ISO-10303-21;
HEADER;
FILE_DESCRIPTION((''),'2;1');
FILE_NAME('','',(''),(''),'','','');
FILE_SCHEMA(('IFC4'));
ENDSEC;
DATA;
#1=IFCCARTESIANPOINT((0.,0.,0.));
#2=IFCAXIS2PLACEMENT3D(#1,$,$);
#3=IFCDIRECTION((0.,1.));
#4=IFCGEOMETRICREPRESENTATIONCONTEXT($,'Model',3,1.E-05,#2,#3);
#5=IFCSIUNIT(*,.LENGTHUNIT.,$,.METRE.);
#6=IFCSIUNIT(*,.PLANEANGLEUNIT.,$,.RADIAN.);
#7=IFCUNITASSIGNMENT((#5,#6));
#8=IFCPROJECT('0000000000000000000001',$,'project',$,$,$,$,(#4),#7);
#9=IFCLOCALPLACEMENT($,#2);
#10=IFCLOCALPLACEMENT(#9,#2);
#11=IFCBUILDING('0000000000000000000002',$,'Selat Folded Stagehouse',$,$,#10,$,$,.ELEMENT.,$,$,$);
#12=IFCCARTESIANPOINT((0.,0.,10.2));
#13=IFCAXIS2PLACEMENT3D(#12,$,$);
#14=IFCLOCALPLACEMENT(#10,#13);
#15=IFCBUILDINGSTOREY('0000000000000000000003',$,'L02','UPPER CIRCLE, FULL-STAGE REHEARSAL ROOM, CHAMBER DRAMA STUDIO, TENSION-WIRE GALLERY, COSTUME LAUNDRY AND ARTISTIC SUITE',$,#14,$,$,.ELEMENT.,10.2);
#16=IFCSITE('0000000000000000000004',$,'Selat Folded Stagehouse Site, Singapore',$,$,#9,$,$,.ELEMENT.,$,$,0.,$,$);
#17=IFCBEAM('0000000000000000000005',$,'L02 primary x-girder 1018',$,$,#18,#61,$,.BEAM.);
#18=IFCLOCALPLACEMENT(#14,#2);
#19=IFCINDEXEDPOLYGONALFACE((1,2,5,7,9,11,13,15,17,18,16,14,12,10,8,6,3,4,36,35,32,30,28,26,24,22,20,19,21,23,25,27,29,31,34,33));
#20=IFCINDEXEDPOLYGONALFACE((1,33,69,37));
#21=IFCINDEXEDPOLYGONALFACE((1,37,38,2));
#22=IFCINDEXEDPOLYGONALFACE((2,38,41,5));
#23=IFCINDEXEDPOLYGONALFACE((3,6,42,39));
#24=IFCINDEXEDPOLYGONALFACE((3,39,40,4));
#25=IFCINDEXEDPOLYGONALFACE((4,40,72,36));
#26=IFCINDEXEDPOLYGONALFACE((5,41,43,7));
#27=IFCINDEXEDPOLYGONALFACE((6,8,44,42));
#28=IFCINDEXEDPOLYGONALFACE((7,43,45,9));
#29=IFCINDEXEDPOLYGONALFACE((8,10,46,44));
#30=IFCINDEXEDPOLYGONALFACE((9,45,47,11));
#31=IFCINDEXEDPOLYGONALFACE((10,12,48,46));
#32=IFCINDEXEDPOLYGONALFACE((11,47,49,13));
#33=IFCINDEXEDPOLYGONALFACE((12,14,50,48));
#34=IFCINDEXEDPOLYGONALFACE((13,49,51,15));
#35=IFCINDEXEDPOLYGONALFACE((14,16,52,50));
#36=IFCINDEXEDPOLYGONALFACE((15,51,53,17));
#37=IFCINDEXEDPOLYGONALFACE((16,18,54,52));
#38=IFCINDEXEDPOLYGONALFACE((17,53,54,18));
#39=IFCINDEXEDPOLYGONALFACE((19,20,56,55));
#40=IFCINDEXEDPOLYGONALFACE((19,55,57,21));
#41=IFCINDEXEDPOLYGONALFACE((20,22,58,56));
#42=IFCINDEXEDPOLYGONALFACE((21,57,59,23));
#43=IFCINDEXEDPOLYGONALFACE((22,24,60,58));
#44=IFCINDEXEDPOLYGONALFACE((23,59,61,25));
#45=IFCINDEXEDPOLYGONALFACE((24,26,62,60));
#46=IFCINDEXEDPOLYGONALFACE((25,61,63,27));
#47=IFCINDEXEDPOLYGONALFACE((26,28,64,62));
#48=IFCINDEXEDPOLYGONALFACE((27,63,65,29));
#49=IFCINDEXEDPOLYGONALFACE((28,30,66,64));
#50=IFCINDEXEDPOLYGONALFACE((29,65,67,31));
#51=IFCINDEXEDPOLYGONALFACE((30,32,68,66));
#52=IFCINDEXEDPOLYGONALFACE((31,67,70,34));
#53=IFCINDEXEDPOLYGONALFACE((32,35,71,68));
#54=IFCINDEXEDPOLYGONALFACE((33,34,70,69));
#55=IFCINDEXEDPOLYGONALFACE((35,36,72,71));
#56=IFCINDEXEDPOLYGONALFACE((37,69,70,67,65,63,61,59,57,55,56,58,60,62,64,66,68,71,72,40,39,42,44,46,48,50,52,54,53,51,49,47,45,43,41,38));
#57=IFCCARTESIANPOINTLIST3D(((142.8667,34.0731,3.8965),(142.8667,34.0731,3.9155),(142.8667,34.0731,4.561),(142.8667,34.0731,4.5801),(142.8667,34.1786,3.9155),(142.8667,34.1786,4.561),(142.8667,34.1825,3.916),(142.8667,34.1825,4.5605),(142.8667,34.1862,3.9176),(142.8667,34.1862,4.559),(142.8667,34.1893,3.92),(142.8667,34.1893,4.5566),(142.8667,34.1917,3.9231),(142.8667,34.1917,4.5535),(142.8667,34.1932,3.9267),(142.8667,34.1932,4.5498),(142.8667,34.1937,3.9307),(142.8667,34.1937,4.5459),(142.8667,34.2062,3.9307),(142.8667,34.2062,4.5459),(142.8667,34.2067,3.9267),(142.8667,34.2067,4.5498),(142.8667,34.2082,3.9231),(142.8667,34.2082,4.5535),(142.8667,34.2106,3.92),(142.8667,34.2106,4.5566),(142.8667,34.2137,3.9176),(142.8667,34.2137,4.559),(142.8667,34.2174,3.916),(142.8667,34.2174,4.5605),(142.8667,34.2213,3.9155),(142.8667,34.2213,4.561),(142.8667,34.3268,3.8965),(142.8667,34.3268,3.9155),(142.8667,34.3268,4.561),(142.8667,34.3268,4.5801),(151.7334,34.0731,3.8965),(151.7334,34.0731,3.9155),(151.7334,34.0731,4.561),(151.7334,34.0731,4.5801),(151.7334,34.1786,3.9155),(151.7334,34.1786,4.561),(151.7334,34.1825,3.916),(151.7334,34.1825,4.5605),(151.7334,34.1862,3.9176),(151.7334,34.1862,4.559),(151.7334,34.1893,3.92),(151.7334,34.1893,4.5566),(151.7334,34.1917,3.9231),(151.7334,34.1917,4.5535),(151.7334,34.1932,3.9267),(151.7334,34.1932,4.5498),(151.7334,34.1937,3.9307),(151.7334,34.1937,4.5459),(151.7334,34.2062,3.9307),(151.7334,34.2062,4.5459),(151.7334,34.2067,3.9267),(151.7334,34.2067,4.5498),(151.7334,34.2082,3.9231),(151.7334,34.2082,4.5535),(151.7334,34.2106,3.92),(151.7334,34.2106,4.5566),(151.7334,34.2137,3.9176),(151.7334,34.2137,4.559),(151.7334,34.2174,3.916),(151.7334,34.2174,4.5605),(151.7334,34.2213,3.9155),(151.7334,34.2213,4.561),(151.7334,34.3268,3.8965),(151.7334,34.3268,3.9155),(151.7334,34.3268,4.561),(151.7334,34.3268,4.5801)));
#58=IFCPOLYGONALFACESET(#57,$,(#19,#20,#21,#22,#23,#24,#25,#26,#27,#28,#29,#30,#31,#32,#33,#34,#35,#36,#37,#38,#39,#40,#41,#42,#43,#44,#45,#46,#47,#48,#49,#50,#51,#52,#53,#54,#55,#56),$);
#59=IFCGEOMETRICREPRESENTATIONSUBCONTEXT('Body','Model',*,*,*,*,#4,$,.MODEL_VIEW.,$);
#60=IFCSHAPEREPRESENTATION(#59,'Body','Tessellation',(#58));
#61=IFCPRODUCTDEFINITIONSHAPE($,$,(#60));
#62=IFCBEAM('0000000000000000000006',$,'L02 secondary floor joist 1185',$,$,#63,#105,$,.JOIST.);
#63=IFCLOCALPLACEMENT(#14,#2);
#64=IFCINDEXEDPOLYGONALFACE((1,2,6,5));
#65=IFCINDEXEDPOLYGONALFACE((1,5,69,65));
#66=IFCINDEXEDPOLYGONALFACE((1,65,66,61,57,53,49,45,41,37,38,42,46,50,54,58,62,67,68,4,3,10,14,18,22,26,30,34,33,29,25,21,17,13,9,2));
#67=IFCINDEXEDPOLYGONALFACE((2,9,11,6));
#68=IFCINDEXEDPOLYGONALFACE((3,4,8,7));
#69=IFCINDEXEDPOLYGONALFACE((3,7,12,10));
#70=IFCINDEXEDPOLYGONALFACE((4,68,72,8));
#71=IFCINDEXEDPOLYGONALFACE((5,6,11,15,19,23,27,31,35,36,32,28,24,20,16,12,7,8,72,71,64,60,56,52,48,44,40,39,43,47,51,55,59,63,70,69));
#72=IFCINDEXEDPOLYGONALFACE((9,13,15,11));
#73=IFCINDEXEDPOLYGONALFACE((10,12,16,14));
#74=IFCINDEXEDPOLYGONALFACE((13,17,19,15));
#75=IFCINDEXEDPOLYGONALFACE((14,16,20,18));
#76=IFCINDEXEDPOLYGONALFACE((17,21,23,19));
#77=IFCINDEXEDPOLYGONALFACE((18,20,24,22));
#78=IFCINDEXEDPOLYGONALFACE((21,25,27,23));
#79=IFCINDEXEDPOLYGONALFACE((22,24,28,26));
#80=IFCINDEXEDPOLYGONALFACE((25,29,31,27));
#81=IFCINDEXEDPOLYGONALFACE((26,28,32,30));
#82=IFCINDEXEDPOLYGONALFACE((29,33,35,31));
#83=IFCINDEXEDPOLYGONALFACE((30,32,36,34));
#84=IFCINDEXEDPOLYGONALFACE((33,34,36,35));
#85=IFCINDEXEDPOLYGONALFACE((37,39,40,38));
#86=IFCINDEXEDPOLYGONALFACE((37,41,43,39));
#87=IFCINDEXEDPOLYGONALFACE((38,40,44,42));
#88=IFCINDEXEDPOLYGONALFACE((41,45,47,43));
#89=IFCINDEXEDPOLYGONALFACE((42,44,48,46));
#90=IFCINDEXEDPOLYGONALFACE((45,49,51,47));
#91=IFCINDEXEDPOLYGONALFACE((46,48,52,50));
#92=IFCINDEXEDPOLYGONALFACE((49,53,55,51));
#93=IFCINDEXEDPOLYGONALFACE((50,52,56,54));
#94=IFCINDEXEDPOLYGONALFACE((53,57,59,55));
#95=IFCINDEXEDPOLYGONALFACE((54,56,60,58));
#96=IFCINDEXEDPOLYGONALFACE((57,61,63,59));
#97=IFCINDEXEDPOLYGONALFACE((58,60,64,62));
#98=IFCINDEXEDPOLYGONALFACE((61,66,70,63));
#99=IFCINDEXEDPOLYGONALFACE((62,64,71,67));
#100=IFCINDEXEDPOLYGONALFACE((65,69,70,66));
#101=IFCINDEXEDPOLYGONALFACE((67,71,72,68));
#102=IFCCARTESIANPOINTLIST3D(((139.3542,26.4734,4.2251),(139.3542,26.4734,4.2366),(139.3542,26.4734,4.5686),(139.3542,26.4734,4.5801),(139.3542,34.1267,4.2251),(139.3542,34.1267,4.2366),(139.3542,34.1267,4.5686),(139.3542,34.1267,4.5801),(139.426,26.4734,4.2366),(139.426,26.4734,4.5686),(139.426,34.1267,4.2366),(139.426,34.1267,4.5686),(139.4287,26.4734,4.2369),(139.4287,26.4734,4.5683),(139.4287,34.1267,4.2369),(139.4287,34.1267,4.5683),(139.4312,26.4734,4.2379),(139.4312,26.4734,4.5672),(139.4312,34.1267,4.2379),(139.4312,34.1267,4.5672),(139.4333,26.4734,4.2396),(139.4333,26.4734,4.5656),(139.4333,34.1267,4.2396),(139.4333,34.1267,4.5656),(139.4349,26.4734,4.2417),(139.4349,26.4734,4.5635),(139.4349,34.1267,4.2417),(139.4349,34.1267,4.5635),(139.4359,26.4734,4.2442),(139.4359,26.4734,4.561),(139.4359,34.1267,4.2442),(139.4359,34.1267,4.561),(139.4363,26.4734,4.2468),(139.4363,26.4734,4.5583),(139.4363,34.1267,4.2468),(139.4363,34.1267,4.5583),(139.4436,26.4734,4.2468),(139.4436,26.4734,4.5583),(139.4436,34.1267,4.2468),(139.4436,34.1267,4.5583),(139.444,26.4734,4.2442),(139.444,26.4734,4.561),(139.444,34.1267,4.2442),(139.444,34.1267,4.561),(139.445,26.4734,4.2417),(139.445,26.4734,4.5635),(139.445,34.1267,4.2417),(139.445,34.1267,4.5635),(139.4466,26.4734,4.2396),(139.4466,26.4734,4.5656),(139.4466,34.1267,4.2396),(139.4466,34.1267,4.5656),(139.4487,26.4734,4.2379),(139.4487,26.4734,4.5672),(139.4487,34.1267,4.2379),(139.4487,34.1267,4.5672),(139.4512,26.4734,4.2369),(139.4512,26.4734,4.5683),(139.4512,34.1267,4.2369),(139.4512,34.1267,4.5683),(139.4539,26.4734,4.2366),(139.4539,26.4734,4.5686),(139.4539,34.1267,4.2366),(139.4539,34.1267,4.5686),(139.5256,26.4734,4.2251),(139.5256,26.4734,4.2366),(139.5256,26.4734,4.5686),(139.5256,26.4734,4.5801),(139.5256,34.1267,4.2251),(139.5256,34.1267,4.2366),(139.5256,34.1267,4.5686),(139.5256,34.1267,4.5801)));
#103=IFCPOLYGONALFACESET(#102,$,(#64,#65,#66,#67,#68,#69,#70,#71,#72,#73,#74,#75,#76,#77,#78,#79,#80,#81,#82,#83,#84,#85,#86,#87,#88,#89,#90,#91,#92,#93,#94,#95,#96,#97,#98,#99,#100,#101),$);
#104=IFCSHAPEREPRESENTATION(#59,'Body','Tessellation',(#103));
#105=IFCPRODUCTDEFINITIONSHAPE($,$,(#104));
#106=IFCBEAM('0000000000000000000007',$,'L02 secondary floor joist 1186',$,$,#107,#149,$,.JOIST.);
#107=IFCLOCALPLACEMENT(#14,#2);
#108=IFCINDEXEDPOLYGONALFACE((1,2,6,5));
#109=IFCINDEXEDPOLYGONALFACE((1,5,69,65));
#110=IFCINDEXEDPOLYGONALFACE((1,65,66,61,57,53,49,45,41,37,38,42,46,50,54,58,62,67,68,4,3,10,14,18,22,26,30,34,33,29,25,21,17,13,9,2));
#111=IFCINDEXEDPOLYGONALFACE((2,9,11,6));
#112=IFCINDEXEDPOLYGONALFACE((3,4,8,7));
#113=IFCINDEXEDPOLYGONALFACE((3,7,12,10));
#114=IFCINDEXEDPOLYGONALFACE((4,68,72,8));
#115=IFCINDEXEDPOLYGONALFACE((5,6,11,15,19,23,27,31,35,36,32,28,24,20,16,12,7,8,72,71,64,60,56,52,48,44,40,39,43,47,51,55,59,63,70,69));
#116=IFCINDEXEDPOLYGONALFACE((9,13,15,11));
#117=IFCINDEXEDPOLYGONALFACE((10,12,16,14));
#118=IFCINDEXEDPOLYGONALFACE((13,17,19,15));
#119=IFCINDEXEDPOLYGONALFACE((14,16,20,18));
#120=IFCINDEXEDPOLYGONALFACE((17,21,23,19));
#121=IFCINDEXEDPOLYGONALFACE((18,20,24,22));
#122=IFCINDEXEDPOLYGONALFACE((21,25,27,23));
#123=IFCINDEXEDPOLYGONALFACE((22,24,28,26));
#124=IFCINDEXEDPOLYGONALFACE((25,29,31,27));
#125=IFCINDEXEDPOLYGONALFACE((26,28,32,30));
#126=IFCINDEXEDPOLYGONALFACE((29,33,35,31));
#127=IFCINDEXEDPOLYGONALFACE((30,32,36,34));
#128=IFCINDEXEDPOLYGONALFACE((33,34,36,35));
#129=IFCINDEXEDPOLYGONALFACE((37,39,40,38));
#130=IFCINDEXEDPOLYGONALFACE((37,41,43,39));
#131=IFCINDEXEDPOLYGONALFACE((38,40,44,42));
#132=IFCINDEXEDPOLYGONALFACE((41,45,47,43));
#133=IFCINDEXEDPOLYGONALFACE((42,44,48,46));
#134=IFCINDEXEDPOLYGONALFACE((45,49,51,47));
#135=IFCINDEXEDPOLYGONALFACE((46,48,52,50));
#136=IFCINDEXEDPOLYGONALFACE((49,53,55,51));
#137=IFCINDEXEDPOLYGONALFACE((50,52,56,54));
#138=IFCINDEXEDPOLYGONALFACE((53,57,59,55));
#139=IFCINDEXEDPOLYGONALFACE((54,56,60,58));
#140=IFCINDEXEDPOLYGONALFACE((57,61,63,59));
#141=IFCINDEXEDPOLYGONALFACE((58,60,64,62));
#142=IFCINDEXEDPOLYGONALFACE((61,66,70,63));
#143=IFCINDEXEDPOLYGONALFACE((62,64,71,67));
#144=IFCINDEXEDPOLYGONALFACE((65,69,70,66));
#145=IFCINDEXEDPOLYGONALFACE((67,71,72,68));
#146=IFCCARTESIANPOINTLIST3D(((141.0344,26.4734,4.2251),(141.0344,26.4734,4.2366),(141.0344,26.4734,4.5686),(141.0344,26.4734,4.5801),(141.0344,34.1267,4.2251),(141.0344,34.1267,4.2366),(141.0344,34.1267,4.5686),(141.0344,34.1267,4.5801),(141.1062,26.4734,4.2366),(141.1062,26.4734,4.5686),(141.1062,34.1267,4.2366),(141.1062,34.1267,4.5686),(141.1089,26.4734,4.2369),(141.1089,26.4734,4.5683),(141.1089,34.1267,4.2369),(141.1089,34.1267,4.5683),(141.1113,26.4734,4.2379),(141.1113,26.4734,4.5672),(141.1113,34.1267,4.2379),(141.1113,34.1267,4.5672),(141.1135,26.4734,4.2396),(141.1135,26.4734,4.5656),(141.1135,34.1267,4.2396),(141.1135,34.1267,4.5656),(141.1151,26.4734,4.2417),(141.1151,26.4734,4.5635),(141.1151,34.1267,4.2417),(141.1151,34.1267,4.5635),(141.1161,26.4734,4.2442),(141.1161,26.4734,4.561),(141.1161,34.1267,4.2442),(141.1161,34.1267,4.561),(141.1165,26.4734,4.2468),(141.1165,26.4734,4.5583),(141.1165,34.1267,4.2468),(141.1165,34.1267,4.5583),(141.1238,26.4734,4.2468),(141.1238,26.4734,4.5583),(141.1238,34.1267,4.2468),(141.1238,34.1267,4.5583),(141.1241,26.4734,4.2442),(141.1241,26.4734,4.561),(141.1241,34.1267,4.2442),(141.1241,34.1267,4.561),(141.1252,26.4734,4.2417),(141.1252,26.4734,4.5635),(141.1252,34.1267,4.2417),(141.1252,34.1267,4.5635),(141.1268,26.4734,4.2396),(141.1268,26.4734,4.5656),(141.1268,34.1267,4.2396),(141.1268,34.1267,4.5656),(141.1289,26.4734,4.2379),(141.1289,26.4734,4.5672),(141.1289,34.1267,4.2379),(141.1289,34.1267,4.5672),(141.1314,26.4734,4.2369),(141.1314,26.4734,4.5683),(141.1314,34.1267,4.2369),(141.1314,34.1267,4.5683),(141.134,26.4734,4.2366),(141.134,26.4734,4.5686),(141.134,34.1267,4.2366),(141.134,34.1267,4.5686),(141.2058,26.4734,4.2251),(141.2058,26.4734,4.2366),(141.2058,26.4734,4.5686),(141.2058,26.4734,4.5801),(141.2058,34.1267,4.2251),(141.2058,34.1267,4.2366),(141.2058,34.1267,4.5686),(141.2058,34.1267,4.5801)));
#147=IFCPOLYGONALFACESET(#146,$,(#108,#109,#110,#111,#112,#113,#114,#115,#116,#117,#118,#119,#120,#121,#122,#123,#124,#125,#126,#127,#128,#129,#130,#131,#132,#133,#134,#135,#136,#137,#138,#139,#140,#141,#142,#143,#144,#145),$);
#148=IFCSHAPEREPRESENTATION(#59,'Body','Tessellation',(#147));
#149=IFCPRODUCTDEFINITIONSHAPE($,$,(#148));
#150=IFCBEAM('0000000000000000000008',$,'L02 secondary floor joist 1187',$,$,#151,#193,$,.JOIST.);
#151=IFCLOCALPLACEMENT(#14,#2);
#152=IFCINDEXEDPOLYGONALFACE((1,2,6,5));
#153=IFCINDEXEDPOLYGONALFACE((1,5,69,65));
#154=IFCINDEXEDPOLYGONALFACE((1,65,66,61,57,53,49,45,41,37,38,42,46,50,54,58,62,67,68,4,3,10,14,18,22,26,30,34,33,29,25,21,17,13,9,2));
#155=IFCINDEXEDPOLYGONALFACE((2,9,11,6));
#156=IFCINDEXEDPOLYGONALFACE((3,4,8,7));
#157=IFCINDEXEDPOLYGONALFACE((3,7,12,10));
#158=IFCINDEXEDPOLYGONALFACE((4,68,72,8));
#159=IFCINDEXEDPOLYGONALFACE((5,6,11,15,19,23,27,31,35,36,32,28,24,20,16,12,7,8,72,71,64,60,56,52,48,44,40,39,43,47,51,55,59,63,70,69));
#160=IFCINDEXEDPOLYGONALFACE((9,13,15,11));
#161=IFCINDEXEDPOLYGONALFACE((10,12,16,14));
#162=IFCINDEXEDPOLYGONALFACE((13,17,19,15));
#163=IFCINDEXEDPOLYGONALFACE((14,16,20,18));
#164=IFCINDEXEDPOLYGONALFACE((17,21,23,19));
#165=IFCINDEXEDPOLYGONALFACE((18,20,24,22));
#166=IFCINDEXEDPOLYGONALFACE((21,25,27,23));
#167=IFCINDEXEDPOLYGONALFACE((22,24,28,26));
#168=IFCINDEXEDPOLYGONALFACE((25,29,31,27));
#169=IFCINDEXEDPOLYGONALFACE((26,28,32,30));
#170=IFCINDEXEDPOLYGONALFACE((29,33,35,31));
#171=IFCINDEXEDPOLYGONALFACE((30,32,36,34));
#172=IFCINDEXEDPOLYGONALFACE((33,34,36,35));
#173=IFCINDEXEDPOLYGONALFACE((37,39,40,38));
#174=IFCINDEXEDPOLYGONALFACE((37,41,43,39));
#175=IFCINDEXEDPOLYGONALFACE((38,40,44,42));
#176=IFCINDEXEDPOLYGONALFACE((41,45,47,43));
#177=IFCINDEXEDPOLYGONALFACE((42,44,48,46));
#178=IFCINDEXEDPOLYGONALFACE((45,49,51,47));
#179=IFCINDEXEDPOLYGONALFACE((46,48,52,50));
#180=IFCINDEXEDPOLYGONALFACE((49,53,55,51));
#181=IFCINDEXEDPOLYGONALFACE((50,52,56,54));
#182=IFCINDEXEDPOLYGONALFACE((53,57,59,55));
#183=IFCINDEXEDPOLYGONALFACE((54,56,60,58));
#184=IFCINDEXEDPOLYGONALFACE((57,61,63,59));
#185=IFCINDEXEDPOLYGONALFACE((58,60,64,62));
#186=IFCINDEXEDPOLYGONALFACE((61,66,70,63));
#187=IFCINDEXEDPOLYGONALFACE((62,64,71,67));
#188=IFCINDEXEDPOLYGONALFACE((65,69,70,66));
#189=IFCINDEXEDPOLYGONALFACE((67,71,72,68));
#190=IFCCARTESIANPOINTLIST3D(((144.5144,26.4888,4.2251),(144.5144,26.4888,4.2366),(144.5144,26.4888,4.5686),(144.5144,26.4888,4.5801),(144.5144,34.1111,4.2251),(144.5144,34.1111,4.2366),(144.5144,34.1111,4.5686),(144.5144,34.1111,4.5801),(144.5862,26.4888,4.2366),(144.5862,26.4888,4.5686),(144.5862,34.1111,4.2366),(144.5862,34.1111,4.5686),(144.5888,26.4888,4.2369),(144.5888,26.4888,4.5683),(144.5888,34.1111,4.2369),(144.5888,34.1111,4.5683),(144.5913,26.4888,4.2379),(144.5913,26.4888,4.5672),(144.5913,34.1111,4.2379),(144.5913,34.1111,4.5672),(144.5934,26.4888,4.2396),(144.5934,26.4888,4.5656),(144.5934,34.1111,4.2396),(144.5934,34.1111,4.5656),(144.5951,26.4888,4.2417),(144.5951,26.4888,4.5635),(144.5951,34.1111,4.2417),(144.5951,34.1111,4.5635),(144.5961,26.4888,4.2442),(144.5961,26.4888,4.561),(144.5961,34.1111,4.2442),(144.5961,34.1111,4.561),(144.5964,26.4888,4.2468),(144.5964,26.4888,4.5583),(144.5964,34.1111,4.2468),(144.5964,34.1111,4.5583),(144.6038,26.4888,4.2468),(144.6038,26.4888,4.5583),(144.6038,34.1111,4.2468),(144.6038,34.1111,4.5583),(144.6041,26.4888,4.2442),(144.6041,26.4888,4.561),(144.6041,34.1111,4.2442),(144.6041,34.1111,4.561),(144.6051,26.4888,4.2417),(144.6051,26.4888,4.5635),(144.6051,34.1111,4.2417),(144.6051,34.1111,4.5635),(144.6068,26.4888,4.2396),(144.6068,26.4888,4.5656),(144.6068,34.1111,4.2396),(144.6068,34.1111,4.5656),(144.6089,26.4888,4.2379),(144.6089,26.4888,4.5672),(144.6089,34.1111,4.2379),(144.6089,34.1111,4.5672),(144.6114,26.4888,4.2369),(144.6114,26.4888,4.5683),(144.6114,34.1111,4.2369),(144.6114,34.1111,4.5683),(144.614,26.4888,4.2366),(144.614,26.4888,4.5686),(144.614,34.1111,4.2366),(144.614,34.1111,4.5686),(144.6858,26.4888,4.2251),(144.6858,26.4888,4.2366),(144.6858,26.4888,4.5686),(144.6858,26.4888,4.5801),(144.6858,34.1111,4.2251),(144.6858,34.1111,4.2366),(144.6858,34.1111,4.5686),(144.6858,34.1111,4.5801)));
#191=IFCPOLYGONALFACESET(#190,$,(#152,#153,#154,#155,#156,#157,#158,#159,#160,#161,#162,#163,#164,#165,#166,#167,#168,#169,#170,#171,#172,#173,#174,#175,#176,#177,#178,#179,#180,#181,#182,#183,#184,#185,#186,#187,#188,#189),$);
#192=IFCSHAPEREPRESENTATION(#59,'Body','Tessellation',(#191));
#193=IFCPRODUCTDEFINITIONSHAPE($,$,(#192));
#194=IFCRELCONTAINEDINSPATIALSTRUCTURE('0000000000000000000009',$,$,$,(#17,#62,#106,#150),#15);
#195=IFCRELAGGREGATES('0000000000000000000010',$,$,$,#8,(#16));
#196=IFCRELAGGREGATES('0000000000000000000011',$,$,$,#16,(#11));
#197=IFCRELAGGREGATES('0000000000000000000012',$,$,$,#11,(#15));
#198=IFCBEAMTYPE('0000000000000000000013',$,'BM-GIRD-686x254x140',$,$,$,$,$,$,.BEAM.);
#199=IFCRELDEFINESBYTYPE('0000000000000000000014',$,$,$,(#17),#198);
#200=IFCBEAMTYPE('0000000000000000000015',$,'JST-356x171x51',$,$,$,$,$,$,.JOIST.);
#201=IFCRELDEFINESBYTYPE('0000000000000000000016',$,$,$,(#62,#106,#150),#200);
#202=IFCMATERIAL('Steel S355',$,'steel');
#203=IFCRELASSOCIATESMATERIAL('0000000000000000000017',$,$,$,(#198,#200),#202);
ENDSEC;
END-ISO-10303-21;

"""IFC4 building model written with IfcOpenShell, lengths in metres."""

from ifc_helpers import new_model, si_unit, direction, frame, origin, origin_2d, place, context, subcontext, project, spatial, i_section, extrude, material, material_profile, profile_set, type_object, element, save


model = new_model("IFC4")

# Units and contexts
model_context = context("Model", 3, precision=1e-05, world=origin(), true_north=direction((0.0, 1.0)))
body_context = subcontext(model_context, "Body", "Model", "MODEL_VIEW")
ifc_project = project(units=[si_unit("LENGTHUNIT", "METRE"), si_unit("PLANEANGLEUNIT", "RADIAN")], contexts=[model_context])

# Site, building, storey
site_placement = place(None, origin())
site = spatial("IfcSite", under=ifc_project, at=site_placement, Name="Selat Folded Stagehouse Site, Singapore", CompositionType="ELEMENT", RefElevation=0.0)
building_placement = place(site_placement, origin())
building = spatial("IfcBuilding", under=site, at=building_placement, Name="Selat Folded Stagehouse", CompositionType="ELEMENT")
storey_placement = place(building_placement, frame((0.0, 0.0, 10.2)))
storey = spatial("IfcBuildingStorey", under=building, at=storey_placement, Name="L02", Description="UPPER CIRCLE, FULL-STAGE REHEARSAL ROOM, CHAMBER DRAMA STUDIO, TENSION-WIRE GALLERY, COSTUME LAUNDRY AND ARTISTIC SUITE", CompositionType="ELEMENT", Elevation=10.2)

# Shared definitions
ifc_material_1 = material(Name="Steel S355", Category="steel")

# Beams
ifc_material_profile_1 = material_profile(ifc_material_1, i_section(OverallWidth=0.2537, OverallDepth=0.6836, WebThickness=0.0125, FlangeThickness=0.019, FilletRadius=0.0151, at=origin_2d()), Name="UKB 686x254x140")
ifc_profile_set_1 = profile_set([ifc_material_profile_1], Name="Steel S355")
beam_type_1 = type_object("IfcBeamType", Name="BM-GIRD-686x254x140", PredefinedType="BEAM", material=ifc_profile_set_1)
for number, where, z_axis, x_axis, name in (
    (1, (142.8667, 34.2, 4.2383), (1.0, 0.0, 0.0), (0.0, 1.0, 0.0), "L02 primary x-girder 1018"),
):
    element("IfcBeam", number, at=place(storey_placement, frame(where, z_axis=z_axis, x_axis=x_axis)), inside=storey, type_object=beam_type_1, Name=name, PredefinedType="BEAM", context=body_context, shape_type="SweptSolid", body=[
        extrude(i_section(OverallWidth=0.2537, OverallDepth=0.6836, WebThickness=0.0125, FlangeThickness=0.019, FilletRadius=0.0151, at=origin_2d()), origin(), (0.0, 0.0, 1.0), 8.8667),
    ])
ifc_material_profile_2 = material_profile(ifc_material_1, i_section(OverallWidth=0.1714, OverallDepth=0.355, WebThickness=0.0073, FlangeThickness=0.0115, FilletRadius=0.0103, at=origin_2d()), Name="UKB 356x171x51")
ifc_profile_set_2 = profile_set([ifc_material_profile_2], Name="Steel S355")
beam_type_2 = type_object("IfcBeamType", Name="JST-356x171x51", PredefinedType="JOIST", material=ifc_profile_set_2)
for number, where, z_axis, x_axis, name in (
    (2, (139.4399, 26.4734, 4.4026), (0.0, 1.0, 0.0), (-1.0, 0.0, 0.0), "L02 secondary floor joist 1185"),
    (3, (141.1201, 26.4734, 4.4026), (0.0, 1.0, 0.0), (-1.0, 0.0, 0.0), "L02 secondary floor joist 1186"),
):
    element("IfcBeam", number, at=place(storey_placement, frame(where, z_axis=z_axis, x_axis=x_axis)), inside=storey, type_object=beam_type_2, Name=name, PredefinedType="JOIST", context=body_context, shape_type="SweptSolid", body=[
        extrude(i_section(OverallWidth=0.1714, OverallDepth=0.355, WebThickness=0.0073, FlangeThickness=0.0115, FilletRadius=0.0103, at=origin_2d()), origin(), (0.0, 0.0, 1.0), 7.6533),
    ])
for number, where, z_axis, x_axis, name in (
    (4, (144.6001, 26.4888, 4.4026), (0.0, 1.0, 0.0), (-1.0, 0.0, 0.0), "L02 secondary floor joist 1187"),
):
    element("IfcBeam", number, at=place(storey_placement, frame(where, z_axis=z_axis, x_axis=x_axis)), inside=storey, type_object=beam_type_2, Name=name, PredefinedType="JOIST", context=body_context, shape_type="SweptSolid", body=[
        extrude(i_section(OverallWidth=0.1714, OverallDepth=0.355, WebThickness=0.0073, FlangeThickness=0.0115, FilletRadius=0.0103, at=origin_2d()), origin(), (0.0, 0.0, 1.0), 7.6223),
    ])

save(model, "model.ifc")
